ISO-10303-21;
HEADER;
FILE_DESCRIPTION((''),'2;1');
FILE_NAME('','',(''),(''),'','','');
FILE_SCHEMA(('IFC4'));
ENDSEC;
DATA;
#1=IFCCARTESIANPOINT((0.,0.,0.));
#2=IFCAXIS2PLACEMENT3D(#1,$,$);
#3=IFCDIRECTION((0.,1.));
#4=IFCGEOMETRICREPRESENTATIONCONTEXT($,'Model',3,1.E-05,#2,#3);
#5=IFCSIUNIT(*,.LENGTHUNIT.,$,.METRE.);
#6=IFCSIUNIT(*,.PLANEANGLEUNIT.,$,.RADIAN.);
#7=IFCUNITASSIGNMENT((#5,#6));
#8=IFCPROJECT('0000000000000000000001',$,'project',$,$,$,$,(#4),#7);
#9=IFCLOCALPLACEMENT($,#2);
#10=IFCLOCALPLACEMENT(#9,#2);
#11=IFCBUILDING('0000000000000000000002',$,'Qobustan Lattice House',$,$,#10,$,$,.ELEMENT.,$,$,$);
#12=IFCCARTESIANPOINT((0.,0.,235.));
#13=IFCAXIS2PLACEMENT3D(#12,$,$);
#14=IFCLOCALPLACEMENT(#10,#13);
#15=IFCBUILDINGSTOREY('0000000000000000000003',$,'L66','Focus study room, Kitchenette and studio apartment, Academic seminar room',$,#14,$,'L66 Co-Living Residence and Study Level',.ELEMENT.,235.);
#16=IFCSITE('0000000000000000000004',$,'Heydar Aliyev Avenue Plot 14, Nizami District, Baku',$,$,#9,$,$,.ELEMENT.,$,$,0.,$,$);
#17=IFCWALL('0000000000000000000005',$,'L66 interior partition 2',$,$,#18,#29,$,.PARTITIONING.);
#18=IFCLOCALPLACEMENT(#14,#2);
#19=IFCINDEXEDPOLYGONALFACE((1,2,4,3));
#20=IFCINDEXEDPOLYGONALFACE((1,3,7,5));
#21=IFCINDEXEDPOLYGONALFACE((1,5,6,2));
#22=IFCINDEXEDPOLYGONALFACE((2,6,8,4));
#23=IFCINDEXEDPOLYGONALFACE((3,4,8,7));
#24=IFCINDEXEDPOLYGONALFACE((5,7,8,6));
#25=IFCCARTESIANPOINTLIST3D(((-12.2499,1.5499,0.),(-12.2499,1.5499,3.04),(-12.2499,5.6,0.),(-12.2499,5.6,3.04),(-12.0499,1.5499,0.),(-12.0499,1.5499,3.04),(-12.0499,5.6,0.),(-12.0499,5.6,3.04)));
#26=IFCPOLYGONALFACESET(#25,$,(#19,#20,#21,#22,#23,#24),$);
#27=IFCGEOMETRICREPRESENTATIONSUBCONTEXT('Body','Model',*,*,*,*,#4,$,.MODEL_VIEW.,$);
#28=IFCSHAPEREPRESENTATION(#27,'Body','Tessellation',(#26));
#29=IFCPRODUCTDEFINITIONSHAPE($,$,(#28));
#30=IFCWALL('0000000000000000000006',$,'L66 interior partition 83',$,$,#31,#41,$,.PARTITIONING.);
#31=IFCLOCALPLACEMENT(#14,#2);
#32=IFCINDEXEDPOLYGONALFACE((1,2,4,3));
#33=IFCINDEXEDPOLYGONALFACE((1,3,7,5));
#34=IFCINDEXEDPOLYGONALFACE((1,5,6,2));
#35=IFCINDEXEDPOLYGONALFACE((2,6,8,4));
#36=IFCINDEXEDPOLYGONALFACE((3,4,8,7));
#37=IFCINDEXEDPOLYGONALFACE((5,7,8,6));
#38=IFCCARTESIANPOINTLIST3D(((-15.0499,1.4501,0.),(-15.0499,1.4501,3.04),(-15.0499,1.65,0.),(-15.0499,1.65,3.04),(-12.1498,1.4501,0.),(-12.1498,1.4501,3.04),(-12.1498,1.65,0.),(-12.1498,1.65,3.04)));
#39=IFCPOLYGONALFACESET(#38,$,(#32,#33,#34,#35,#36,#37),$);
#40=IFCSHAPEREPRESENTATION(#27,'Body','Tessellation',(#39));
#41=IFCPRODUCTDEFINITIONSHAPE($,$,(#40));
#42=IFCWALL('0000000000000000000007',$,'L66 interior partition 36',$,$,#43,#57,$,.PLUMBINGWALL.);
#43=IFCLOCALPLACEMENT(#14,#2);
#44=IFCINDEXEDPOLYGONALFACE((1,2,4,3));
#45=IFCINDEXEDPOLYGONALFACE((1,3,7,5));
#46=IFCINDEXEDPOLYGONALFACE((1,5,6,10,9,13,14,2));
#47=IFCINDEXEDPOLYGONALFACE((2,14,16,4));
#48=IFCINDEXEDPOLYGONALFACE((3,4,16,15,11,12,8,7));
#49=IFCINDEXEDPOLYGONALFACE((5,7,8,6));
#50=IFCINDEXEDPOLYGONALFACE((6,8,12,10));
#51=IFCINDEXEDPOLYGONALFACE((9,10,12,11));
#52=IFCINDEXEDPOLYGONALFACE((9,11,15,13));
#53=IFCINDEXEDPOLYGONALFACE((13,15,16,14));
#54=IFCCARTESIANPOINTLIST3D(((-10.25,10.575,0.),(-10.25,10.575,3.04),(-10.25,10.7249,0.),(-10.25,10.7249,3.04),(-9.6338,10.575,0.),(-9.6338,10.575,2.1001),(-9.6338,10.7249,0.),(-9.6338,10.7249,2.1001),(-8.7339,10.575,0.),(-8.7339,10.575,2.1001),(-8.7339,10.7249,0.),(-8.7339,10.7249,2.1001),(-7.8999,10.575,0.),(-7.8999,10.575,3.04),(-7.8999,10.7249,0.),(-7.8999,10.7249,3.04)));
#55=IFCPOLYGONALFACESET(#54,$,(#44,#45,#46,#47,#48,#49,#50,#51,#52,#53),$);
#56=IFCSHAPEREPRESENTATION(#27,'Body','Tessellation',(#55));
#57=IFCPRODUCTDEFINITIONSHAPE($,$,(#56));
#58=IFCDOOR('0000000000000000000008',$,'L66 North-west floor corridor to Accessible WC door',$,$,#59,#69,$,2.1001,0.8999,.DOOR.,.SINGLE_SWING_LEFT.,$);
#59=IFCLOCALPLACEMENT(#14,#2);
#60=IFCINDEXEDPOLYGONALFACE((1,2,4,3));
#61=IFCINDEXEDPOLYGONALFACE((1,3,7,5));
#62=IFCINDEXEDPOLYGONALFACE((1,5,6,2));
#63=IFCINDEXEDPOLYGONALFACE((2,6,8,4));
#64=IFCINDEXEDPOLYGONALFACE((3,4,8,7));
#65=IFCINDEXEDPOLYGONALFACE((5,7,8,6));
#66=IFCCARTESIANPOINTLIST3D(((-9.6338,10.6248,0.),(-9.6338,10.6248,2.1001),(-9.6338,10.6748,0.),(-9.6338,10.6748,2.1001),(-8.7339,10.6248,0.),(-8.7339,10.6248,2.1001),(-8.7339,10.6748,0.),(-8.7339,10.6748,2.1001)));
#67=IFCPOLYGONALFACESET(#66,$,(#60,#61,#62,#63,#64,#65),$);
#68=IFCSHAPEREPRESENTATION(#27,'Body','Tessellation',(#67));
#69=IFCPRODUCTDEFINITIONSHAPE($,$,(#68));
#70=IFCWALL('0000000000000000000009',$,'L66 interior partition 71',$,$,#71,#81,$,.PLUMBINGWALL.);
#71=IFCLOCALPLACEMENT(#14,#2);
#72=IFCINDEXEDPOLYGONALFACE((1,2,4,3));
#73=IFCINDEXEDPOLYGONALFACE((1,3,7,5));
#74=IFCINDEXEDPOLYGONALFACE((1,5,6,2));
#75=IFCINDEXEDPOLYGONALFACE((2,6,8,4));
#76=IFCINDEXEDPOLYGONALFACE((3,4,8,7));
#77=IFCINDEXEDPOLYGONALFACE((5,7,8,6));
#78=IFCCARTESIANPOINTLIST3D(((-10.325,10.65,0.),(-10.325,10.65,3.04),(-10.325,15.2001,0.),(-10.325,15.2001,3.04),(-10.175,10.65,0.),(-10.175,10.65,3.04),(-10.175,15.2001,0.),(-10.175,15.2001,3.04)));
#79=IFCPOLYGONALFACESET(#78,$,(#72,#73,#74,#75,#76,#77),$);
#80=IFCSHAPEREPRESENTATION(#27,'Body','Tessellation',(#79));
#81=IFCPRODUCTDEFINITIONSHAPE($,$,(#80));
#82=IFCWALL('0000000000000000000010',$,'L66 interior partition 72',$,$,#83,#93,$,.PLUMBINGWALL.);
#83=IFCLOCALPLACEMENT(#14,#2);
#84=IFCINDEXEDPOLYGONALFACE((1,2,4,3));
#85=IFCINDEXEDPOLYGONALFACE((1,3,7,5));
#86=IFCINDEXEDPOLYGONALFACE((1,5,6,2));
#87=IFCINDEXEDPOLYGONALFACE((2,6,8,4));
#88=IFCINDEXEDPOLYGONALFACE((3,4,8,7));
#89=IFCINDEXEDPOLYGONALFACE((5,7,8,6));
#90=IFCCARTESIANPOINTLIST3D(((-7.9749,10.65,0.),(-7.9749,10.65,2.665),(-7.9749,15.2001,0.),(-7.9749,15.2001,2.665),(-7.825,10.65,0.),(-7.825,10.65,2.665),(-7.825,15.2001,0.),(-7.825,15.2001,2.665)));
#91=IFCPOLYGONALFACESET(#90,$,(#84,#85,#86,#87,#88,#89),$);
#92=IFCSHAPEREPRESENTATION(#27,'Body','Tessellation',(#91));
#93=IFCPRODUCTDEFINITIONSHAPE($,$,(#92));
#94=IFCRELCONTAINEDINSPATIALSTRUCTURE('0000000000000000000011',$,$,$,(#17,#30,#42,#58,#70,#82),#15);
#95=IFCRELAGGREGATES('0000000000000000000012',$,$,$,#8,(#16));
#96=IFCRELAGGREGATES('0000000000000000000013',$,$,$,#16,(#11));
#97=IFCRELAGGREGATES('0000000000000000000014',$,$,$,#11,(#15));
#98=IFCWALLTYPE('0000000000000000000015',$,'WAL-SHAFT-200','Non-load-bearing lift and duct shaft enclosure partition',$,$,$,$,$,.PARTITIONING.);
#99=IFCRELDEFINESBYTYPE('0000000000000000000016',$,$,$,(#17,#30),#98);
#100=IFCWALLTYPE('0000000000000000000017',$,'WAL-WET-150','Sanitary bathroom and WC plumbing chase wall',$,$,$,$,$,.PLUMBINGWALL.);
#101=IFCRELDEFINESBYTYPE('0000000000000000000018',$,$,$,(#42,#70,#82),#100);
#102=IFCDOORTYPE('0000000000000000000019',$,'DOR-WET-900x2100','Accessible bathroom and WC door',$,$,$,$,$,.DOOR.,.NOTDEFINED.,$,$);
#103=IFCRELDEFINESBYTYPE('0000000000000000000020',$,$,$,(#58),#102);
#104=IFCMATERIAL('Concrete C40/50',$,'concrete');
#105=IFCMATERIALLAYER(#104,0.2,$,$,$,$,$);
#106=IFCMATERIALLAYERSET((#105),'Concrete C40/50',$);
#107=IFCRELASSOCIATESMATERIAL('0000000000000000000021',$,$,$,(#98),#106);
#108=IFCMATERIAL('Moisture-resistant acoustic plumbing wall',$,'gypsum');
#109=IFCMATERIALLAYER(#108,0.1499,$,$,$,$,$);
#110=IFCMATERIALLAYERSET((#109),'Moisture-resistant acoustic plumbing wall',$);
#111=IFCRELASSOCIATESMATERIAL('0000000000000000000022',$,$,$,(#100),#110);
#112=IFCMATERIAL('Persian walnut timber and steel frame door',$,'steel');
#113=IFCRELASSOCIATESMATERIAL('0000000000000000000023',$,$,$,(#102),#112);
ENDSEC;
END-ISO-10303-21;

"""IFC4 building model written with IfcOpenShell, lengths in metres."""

from ifc_helpers import new_model, si_unit, direction, frame, frame_2d, origin, place, context, subcontext, project, spatial, rectangle, extrude, material, layer, layer_set, type_object, element, fill, save


model = new_model("IFC4")

# Units and contexts
model_context = context("Model", 3, precision=1e-05, world=origin(), true_north=direction((0.0, 1.0)))
body_context = subcontext(model_context, "Body", "Model", "MODEL_VIEW")
ifc_project = project(units=[si_unit("LENGTHUNIT", "METRE"), si_unit("PLANEANGLEUNIT", "RADIAN")], contexts=[model_context])

# Site, building, storey
site_placement = place(None, origin())
site = spatial("IfcSite", under=ifc_project, at=site_placement, Name="Heydar Aliyev Avenue Plot 14, Nizami District, Baku", CompositionType="ELEMENT", RefElevation=0.0)
building_placement = place(site_placement, origin())
building = spatial("IfcBuilding", under=site, at=building_placement, Name="Qobustan Lattice House", CompositionType="ELEMENT")
storey_placement = place(building_placement, frame((0.0, 0.0, 235.0)))
storey = spatial("IfcBuildingStorey", under=building, at=storey_placement, Name="L66", Description="Focus study room, Kitchenette and studio apartment, Academic seminar room", LongName="L66 Co-Living Residence and Study Level", CompositionType="ELEMENT", Elevation=235.0)

# Walls
ifc_material_1 = material(Name="Concrete C40/50", Category="concrete")
ifc_layer_1 = layer(ifc_material_1, 0.2)
ifc_layer_set_1 = layer_set([ifc_layer_1], Name="Concrete C40/50")
wall_type_1 = type_object("IfcWallType", Name="WAL-SHAFT-200", Description="Non-load-bearing lift and duct shaft enclosure partition", PredefinedType="PARTITIONING", material=ifc_layer_set_1)
wall_1_placement = place(storey_placement, frame((-12.1499, 1.55, 0.0), z_axis=(0.0, 0.0, 1.0), x_axis=(0.0, 1.0, 0.0)))
element("IfcWall", 1, at=wall_1_placement, inside=storey, type_object=wall_type_1, Name="L66 interior partition 2", PredefinedType="PARTITIONING", context=body_context, shape_type="SweptSolid", body=[
    extrude(rectangle(XDim=4.05, YDim=0.2, at=frame_2d((2.0249, 0.0))), origin(), (0.0, 0.0, 1.0), 3.04),
])
wall_2_placement = place(storey_placement, frame((-15.05, 1.55, 0.0), z_axis=(0.0, 0.0, 1.0), x_axis=(1.0, 0.0, 0.0)))
element("IfcWall", 2, at=wall_2_placement, inside=storey, type_object=wall_type_1, Name="L66 interior partition 83", PredefinedType="PARTITIONING", context=body_context, shape_type="SweptSolid", body=[
    extrude(rectangle(XDim=2.9001, YDim=0.2, at=frame_2d((1.4502, 0.0))), origin(), (0.0, 0.0, 1.0), 3.04),
])

# Wall, opening, door
ifc_material_2 = material(Name="Moisture-resistant acoustic plumbing wall", Category="gypsum")
ifc_layer_2 = layer(ifc_material_2, 0.1499)
ifc_layer_set_2 = layer_set([ifc_layer_2], Name="Moisture-resistant acoustic plumbing wall")
wall_type_2 = type_object("IfcWallType", Name="WAL-WET-150", Description="Sanitary bathroom and WC plumbing chase wall", PredefinedType="PLUMBINGWALL", material=ifc_layer_set_2)
wall_3_placement = place(storey_placement, frame((-10.25, 10.6499, 0.0), z_axis=(0.0, 0.0, 1.0), x_axis=(1.0, 0.0, 0.0)))
wall_3 = element("IfcWall", 3, at=wall_3_placement, inside=storey, type_object=wall_type_2, Name="L66 interior partition 36", PredefinedType="PLUMBINGWALL", context=body_context, shape_type="SweptSolid", body=[
    extrude(rectangle(XDim=2.3501, YDim=0.1499, at=frame_2d((1.175, 0.0))), origin(), (0.0, 0.0, 1.0), 3.04),
])
opening_1_placement = place(wall_3_placement, frame((0.6162, 0.0, 0.0)))
opening_1 = element("IfcOpeningElement", 4, at=opening_1_placement, cuts=wall_3, PredefinedType="OPENING", context=body_context, shape_type="SweptSolid", body=[
    extrude(rectangle(XDim=0.8999, YDim=2.1001, at=frame_2d((0.45, 1.05))), frame((0.0, 0.085, 0.0), z_axis=(0.0, -1.0, 0.0), x_axis=(1.0, 0.0, 0.0)), (0.0, 0.0, 1.0), 0.1699),
])
ifc_material_3 = material(Name="Persian walnut timber and steel frame door", Category="steel")
door_type_1 = type_object("IfcDoorType", Name="DOR-WET-900x2100", Description="Accessible bathroom and WC door", OperationType="NOTDEFINED", PredefinedType="DOOR", material=ifc_material_3)
door_1_placement = place(opening_1_placement, origin())
door_1 = element("IfcDoor", 5, at=door_1_placement, inside=storey, type_object=door_type_1, Name="L66 North-west floor corridor to Accessible WC door", OperationType="SINGLE_SWING_LEFT", OverallHeight=2.1001, OverallWidth=0.8999, PredefinedType="DOOR", context=body_context, shape_type="SweptSolid", body=[
    extrude(rectangle(XDim=0.8999, YDim=2.1001, at=frame_2d((0.45, 1.05))), frame((0.0, 0.0249, 0.0), z_axis=(0.0, -1.0, 0.0), x_axis=(1.0, 0.0, 0.0)), (0.0, 0.0, 1.0), 0.05),
])
fill(opening_1, door_1)

# Walls
wall_4_placement = place(storey_placement, frame((-10.25, 15.2, 0.0), z_axis=(0.0, 0.0, 1.0), x_axis=(0.0, -1.0, 0.0)))
element("IfcWall", 6, at=wall_4_placement, inside=storey, type_object=wall_type_2, Name="L66 interior partition 71", PredefinedType="PLUMBINGWALL", context=body_context, shape_type="SweptSolid", body=[
    extrude(rectangle(XDim=4.55, YDim=0.1499, at=frame_2d((2.2749, 0.0))), origin(), (0.0, 0.0, 1.0), 3.04),
])
wall_5_placement = place(storey_placement, frame((-7.8999, 15.2, 0.0), z_axis=(0.0, 0.0, 1.0), x_axis=(0.0, -1.0, 0.0)))
element("IfcWall", 7, at=wall_5_placement, inside=storey, type_object=wall_type_2, Name="L66 interior partition 72", PredefinedType="PLUMBINGWALL", context=body_context, shape_type="SweptSolid", body=[
    extrude(rectangle(XDim=4.55, YDim=0.1499, at=frame_2d((2.2749, 0.0))), origin(), (0.0, 0.0, 1.0), 2.665),
])

save(model, "model.ifc")
